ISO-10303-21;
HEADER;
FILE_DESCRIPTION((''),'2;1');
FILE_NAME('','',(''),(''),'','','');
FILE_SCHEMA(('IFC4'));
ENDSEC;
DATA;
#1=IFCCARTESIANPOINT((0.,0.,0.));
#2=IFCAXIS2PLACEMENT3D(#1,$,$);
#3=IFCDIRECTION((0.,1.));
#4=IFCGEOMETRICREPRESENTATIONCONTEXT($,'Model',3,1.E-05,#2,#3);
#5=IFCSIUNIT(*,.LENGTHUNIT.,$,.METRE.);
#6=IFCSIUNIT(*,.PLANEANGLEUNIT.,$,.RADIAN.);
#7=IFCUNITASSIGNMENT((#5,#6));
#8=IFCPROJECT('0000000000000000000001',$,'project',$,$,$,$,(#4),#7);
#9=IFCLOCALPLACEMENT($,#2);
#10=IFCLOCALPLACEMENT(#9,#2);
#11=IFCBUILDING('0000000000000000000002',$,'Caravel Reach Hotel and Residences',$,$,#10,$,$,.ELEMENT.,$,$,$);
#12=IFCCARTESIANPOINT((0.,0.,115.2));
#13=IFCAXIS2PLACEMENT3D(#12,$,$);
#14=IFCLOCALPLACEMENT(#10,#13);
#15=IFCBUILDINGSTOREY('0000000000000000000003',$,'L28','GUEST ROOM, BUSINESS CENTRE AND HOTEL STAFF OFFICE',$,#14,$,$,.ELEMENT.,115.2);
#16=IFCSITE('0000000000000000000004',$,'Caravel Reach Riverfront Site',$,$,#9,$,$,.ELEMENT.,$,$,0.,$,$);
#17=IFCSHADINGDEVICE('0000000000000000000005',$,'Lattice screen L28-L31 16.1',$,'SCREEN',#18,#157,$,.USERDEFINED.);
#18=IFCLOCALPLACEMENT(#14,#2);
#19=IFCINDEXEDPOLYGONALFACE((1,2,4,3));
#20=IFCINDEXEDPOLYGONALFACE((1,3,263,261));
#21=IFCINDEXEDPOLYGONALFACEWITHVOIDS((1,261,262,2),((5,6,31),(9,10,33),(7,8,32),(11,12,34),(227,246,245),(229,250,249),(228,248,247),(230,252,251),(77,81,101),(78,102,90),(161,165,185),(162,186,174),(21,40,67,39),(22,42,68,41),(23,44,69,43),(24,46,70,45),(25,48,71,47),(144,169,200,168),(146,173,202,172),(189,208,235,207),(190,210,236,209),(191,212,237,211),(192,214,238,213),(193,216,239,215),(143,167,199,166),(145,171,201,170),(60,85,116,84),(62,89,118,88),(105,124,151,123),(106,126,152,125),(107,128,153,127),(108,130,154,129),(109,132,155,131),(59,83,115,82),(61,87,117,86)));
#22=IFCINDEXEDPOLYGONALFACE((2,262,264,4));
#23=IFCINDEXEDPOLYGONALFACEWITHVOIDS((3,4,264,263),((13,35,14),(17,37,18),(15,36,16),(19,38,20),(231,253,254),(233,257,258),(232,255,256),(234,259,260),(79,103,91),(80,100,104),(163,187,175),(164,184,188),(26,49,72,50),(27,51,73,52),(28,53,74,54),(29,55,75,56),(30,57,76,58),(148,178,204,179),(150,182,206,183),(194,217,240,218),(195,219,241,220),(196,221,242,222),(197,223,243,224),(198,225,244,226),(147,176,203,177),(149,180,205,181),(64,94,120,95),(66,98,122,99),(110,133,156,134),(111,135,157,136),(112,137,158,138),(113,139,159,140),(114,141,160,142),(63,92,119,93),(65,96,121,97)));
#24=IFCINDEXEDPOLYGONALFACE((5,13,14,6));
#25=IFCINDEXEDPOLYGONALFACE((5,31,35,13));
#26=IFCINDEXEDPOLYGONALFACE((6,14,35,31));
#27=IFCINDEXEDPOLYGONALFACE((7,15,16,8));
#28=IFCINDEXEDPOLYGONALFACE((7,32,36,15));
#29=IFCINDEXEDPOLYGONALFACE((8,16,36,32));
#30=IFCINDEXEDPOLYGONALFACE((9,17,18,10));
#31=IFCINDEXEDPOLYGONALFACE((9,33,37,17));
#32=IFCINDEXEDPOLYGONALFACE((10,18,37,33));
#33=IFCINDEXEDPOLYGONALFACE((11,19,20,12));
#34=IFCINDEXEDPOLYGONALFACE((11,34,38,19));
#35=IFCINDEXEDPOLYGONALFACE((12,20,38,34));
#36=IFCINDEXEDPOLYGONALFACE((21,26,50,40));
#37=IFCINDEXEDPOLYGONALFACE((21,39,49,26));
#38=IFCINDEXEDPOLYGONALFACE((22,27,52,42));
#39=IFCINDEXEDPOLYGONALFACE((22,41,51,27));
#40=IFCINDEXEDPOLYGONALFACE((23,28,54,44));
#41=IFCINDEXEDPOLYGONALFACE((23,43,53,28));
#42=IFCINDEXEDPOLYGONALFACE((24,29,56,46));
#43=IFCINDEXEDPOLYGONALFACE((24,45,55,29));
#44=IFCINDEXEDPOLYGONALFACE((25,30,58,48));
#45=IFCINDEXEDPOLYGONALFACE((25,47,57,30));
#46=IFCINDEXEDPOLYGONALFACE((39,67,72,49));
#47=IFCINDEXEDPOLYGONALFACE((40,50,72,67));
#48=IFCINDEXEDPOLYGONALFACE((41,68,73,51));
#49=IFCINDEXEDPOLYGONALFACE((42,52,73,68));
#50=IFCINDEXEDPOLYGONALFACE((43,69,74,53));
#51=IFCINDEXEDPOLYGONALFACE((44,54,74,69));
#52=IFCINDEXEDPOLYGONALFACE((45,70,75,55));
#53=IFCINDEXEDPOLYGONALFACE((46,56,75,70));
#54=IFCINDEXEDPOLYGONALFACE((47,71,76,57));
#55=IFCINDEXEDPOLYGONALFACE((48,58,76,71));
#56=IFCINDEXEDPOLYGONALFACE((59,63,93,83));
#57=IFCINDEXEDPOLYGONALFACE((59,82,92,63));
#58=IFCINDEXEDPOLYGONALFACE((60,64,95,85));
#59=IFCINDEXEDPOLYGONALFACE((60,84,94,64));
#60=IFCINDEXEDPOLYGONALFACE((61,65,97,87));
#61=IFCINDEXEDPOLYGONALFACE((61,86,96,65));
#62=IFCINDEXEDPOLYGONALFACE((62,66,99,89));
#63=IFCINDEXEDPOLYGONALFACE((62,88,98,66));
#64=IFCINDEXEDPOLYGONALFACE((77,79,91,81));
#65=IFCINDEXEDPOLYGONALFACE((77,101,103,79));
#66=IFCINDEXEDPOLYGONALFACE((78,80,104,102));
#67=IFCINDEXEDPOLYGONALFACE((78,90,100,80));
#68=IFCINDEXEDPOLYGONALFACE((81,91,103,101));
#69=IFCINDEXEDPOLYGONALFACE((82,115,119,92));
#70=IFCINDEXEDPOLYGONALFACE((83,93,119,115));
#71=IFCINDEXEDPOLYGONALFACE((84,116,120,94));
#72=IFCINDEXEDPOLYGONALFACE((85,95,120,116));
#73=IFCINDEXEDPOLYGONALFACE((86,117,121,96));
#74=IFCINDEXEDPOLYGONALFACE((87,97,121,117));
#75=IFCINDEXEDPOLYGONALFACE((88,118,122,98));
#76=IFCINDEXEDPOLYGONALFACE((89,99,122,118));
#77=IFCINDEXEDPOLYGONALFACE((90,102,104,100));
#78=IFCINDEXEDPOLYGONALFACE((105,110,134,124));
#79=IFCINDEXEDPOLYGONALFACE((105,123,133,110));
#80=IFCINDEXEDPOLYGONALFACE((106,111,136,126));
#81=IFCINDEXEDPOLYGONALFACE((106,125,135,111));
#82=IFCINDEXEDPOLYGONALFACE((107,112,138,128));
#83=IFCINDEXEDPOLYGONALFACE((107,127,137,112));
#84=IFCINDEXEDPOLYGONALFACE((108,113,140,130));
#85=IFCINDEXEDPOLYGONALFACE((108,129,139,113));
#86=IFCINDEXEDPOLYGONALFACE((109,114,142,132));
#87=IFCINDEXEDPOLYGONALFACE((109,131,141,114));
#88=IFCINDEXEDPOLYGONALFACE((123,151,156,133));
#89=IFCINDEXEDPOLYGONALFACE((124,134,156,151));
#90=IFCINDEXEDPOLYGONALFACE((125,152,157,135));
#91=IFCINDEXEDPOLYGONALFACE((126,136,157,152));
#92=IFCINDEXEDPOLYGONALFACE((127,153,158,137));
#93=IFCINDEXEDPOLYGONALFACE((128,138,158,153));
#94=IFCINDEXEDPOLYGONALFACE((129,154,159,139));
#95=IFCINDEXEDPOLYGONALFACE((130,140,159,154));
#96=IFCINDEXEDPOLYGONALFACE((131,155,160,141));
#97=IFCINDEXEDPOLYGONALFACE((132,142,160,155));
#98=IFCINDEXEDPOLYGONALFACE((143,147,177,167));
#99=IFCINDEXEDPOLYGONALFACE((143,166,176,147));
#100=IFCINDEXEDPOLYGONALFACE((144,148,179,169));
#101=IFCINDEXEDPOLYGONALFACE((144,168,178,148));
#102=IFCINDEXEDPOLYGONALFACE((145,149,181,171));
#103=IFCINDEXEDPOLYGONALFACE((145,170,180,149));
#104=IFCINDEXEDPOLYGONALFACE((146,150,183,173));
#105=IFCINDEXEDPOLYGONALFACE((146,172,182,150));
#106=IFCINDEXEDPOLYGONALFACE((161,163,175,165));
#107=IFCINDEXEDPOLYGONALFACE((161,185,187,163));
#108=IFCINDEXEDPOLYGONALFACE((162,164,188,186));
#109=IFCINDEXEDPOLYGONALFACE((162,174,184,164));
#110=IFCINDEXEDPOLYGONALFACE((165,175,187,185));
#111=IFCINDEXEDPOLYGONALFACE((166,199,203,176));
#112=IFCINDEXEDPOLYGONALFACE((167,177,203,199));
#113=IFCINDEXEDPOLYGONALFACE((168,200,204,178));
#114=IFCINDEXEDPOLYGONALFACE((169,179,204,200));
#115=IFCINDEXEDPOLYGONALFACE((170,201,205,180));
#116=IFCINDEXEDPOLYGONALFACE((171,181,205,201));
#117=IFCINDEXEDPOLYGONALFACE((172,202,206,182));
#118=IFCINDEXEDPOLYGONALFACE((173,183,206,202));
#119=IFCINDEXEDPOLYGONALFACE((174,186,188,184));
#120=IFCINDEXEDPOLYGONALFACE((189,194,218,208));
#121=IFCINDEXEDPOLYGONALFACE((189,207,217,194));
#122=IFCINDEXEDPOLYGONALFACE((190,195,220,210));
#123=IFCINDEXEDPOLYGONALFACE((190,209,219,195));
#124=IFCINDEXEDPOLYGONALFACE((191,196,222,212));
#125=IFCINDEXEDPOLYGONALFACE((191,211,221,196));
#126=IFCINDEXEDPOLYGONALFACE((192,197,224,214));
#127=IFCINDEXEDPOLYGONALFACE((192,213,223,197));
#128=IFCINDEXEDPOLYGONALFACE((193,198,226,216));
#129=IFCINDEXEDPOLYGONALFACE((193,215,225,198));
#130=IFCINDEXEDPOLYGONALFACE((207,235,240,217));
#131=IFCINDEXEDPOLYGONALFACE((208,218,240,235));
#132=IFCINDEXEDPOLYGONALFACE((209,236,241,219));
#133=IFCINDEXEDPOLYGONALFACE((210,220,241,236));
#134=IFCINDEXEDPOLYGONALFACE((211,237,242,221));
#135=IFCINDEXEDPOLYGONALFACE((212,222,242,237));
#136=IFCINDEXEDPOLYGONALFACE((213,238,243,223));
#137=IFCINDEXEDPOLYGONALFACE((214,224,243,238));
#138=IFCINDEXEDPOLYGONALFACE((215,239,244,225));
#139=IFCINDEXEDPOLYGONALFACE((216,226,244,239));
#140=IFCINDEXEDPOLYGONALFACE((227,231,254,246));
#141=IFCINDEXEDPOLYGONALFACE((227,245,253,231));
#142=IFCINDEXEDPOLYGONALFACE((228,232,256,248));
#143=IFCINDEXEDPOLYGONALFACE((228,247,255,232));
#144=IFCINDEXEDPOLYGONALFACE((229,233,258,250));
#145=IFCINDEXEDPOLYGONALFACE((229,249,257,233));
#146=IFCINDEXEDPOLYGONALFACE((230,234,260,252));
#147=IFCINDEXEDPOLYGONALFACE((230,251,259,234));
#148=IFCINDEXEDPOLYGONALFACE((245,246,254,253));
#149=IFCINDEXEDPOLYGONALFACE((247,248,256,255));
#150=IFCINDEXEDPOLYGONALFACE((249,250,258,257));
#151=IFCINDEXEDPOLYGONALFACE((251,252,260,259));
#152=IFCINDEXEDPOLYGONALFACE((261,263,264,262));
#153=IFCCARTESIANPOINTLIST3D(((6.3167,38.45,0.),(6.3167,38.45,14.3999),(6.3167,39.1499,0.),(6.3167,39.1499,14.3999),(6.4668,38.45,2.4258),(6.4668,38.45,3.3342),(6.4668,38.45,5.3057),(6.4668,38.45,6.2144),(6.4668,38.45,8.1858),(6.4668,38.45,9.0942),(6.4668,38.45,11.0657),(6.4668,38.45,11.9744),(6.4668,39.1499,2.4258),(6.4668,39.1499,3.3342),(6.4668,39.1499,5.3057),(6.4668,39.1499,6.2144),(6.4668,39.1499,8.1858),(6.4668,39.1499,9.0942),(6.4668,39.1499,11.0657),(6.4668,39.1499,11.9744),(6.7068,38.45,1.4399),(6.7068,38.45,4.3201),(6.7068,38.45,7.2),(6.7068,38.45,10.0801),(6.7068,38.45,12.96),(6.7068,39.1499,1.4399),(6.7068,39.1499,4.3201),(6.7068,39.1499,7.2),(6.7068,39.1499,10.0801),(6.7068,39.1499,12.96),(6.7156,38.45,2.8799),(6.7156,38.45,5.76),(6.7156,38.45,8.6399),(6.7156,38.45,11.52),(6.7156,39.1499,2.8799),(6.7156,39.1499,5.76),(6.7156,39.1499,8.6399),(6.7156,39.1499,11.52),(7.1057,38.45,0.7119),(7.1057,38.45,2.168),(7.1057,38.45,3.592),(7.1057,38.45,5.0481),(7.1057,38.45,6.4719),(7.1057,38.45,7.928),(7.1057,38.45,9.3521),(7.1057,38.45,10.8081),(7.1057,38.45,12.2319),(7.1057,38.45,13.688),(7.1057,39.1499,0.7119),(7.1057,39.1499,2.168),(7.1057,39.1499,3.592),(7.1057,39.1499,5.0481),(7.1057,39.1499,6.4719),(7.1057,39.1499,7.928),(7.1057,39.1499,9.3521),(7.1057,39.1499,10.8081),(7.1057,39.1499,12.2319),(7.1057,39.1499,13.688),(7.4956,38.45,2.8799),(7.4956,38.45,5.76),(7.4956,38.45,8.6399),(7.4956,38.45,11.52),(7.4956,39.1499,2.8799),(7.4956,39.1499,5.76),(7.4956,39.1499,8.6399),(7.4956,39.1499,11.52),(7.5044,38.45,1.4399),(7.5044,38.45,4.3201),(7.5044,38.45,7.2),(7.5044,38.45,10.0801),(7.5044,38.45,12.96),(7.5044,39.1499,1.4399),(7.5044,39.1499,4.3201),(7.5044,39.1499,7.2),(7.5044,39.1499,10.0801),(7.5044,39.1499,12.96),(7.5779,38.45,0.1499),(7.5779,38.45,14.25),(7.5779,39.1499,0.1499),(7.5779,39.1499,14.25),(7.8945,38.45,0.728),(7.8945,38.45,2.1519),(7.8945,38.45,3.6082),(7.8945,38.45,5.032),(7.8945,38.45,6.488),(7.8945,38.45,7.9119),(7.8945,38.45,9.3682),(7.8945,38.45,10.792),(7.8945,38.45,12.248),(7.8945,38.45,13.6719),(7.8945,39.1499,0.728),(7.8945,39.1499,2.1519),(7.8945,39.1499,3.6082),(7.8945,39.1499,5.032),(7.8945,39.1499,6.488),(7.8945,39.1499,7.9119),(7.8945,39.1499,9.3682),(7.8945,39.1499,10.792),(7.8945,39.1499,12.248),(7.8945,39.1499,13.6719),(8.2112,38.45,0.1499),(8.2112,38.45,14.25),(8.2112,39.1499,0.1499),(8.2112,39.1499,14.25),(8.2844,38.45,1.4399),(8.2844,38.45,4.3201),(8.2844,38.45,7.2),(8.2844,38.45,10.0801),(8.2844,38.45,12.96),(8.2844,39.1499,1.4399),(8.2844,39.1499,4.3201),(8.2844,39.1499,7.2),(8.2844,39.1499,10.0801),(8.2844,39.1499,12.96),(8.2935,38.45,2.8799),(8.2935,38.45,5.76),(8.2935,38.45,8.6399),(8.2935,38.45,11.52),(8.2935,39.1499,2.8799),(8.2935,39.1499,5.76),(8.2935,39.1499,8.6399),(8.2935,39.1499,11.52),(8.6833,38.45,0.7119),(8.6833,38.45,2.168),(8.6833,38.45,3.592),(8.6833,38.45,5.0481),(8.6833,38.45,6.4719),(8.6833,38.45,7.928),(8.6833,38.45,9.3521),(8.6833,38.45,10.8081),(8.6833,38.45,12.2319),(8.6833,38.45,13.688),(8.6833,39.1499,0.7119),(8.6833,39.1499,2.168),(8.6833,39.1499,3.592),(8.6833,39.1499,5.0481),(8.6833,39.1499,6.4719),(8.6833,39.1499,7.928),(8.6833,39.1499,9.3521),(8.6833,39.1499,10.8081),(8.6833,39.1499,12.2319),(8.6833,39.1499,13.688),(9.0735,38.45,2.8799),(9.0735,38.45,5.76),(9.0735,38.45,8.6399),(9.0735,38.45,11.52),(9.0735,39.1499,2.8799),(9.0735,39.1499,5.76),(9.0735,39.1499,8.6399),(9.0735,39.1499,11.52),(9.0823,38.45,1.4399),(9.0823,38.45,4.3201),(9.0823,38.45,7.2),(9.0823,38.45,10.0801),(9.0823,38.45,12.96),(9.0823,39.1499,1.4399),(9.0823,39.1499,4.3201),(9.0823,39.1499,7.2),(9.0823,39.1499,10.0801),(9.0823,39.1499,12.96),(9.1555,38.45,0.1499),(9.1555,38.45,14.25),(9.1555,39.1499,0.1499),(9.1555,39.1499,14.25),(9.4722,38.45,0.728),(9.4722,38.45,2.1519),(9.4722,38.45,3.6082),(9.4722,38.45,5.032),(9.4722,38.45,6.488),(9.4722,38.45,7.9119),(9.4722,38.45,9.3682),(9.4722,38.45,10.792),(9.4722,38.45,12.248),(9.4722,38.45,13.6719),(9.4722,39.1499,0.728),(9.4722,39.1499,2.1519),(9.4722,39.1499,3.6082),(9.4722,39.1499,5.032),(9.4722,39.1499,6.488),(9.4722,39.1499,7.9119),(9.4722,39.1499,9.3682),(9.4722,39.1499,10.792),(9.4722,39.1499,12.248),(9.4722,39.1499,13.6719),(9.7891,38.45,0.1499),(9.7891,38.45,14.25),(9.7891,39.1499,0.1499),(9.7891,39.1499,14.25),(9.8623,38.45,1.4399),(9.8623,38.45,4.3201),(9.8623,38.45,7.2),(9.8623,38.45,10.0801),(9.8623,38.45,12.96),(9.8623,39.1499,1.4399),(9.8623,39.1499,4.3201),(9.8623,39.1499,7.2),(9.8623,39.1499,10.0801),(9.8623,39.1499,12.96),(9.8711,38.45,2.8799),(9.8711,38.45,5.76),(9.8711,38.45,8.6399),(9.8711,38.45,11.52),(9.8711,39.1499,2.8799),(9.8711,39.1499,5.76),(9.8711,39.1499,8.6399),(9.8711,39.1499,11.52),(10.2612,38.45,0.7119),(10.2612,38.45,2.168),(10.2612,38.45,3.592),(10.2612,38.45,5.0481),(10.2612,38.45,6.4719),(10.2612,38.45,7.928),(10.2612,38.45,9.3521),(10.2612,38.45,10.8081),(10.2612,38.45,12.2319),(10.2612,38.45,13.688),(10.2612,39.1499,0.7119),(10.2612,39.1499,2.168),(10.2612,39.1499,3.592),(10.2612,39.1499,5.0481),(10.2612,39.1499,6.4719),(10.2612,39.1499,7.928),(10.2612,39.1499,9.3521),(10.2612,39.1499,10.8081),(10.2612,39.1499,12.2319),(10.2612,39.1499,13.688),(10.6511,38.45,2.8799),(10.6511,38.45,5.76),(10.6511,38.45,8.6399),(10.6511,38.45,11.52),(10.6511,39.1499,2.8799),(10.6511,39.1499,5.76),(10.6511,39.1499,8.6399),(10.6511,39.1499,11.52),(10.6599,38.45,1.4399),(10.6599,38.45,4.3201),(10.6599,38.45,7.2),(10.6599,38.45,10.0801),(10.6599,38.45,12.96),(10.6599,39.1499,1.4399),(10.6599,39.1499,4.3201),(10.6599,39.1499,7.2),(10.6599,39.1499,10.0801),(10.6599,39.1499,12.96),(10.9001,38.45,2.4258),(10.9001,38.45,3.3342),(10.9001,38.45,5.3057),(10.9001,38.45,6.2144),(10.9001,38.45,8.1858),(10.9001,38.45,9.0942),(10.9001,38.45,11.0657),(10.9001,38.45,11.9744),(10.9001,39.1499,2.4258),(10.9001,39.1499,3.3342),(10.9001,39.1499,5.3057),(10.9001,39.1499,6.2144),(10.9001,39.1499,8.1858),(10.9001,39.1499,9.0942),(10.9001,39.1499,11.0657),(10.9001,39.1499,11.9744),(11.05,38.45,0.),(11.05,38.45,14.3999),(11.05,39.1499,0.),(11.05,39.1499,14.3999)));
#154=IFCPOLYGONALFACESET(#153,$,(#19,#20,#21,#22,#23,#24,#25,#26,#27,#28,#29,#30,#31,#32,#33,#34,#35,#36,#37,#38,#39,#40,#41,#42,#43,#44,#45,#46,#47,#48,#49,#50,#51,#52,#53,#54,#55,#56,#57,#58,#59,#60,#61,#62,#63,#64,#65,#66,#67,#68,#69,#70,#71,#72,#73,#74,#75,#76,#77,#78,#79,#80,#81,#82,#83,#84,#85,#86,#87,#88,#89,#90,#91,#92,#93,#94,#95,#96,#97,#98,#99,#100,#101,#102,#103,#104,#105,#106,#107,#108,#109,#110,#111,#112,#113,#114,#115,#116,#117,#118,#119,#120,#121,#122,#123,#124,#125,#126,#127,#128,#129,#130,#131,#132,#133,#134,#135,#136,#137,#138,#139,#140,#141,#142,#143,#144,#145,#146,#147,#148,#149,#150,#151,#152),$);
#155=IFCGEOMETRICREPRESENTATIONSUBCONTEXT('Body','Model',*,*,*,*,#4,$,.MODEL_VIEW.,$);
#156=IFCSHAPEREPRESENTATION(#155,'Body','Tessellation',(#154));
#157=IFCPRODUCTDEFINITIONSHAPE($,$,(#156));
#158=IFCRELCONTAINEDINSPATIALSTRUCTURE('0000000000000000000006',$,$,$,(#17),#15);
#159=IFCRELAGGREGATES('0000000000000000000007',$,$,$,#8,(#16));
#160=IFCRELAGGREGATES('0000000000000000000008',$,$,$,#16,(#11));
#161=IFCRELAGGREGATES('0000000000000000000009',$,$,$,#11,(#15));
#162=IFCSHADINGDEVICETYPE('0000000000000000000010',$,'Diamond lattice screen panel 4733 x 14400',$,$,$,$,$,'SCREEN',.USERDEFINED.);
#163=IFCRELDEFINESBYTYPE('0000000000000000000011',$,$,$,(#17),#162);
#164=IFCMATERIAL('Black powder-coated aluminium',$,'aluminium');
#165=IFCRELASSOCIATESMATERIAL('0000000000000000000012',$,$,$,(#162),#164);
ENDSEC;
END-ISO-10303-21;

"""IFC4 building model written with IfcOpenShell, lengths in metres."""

from ifc_helpers import new_model, si_unit, direction, frame, origin, place, context, subcontext, project, spatial, polyline, outline, extrude, material, type_object, element, save


model = new_model("IFC4")

# Units and contexts
model_context = context("Model", 3, precision=1e-05, world=origin(), true_north=direction((0.0, 1.0)))
body_context = subcontext(model_context, "Body", "Model", "MODEL_VIEW")
ifc_project = project(units=[si_unit("LENGTHUNIT", "METRE"), si_unit("PLANEANGLEUNIT", "RADIAN")], contexts=[model_context])

# Site, building, storey
site_placement = place(None, origin())
site = spatial("IfcSite", under=ifc_project, at=site_placement, Name="Caravel Reach Riverfront Site", CompositionType="ELEMENT", RefElevation=0.0)
building_placement = place(site_placement, origin())
building = spatial("IfcBuilding", under=site, at=building_placement, Name="Caravel Reach Hotel and Residences", CompositionType="ELEMENT")
storey_placement = place(building_placement, frame((0.0, 0.0, 115.2)))
storey = spatial("IfcBuildingStorey", under=building, at=storey_placement, Name="L28", Description="GUEST ROOM, BUSINESS CENTRE AND HOTEL STAFF OFFICE", CompositionType="ELEMENT", Elevation=115.2)

# Shading device
ifc_material_1 = material(Name="Black powder-coated aluminium", Category="aluminium")
shading_device_type_1 = type_object("IfcShadingDeviceType", Name="Diamond lattice screen panel 4733 x 14400", ElementType="SCREEN", PredefinedType="USERDEFINED", material=ifc_material_1)
shading_device_1_placement = place(storey_placement, frame((11.05, 38.45, 0.0), z_axis=(0.0, 1.0, 0.0), x_axis=(-1.0, 0.0, 0.0)))
element("IfcShadingDevice", 1, at=shading_device_1_placement, inside=storey, type_object=shading_device_type_1, Name="Lattice screen L28-L31 16.1", ObjectType="SCREEN", PredefinedType="USERDEFINED", context=body_context, shape_type="SweptSolid", body=[
    extrude(outline(polyline([(0.0, 0.0), (4.7334, 0.0), (4.7334, 14.3999), (0.0, 14.3999), (0.0, 0.0)]), holes=[polyline([(0.3989, 2.8799), (0.1499, 3.3342), (0.1499, 2.4258), (0.3989, 2.8799)]), polyline([(0.3989, 5.76), (0.1499, 6.2144), (0.1499, 5.3057), (0.3989, 5.76)]), polyline([(0.3989, 8.6399), (0.1499, 9.0942), (0.1499, 8.1858), (0.3989, 8.6399)]), polyline([(0.3989, 11.52), (0.1499, 11.9744), (0.1499, 11.0657), (0.3989, 11.52)]), polyline([(0.7888, 2.168), (0.3901, 1.4399), (0.7888, 0.7119), (1.1877, 1.4399), (0.7888, 2.168)]), polyline([(0.7888, 5.0481), (0.3901, 4.3201), (0.7888, 3.592), (1.1877, 4.3201), (0.7888, 5.0481)]), polyline([(0.7888, 7.928), (0.3901, 7.2), (0.7888, 6.4719), (1.1877, 7.2), (0.7888, 7.928)]), polyline([(0.7888, 10.8081), (0.3901, 10.0801), (0.7888, 9.3521), (1.1877, 10.0801), (0.7888, 10.8081)]), polyline([(0.7888, 13.688), (0.3901, 12.96), (0.7888, 12.2319), (1.1877, 12.96), (0.7888, 13.688)]), polyline([(1.5779, 0.728), (1.261, 0.1499), (1.8945, 0.1499), (1.5779, 0.728)]), polyline([(1.5779, 3.6082), (1.179, 2.8799), (1.5779, 2.1519), (1.9766, 2.8799), (1.5779, 3.6082)]), polyline([(1.5779, 6.488), (1.179, 5.76), (1.5779, 5.032), (1.9766, 5.76), (1.5779, 6.488)]), polyline([(1.5779, 9.3682), (1.179, 8.6399), (1.5779, 7.9119), (1.9766, 8.6399), (1.5779, 9.3682)]), polyline([(1.5779, 12.248), (1.179, 11.52), (1.5779, 10.792), (1.9766, 11.52), (1.5779, 12.248)]), polyline([(1.5779, 13.6719), (1.8945, 14.25), (1.261, 14.25), (1.5779, 13.6719)]), polyline([(2.3667, 2.168), (1.9678, 1.4399), (2.3667, 0.7119), (2.7656, 1.4399), (2.3667, 2.168)]), polyline([(2.3667, 5.0481), (1.9678, 4.3201), (2.3667, 3.592), (2.7656, 4.3201), (2.3667, 5.0481)]), polyline([(2.3667, 7.928), (1.9678, 7.2), (2.3667, 6.4719), (2.7656, 7.2), (2.3667, 7.928)]), polyline([(2.3667, 10.8081), (1.9678, 10.0801), (2.3667, 9.3521), (2.7656, 10.0801), (2.3667, 10.8081)]), polyline([(2.3667, 13.688), (1.9678, 12.96), (2.3667, 12.2319), (2.7656, 12.96), (2.3667, 13.688)]), polyline([(3.1555, 0.728), (2.8389, 0.1499), (3.4722, 0.1499), (3.1555, 0.728)]), polyline([(3.1555, 3.6082), (2.7566, 2.8799), (3.1555, 2.1519), (3.5544, 2.8799), (3.1555, 3.6082)]), polyline([(3.1555, 6.488), (2.7566, 5.76), (3.1555, 5.032), (3.5544, 5.76), (3.1555, 6.488)]), polyline([(3.1555, 9.3682), (2.7566, 8.6399), (3.1555, 7.9119), (3.5544, 8.6399), (3.1555, 9.3682)]), polyline([(3.1555, 12.248), (2.7566, 11.52), (3.1555, 10.792), (3.5544, 11.52), (3.1555, 12.248)]), polyline([(3.1555, 13.6719), (3.4722, 14.25), (2.8389, 14.25), (3.1555, 13.6719)]), polyline([(3.9443, 2.168), (3.5457, 1.4399), (3.9443, 0.7119), (4.3433, 1.4399), (3.9443, 2.168)]), polyline([(3.9443, 5.0481), (3.5457, 4.3201), (3.9443, 3.592), (4.3433, 4.3201), (3.9443, 5.0481)]), polyline([(3.9443, 7.928), (3.5457, 7.2), (3.9443, 6.4719), (4.3433, 7.2), (3.9443, 7.928)]), polyline([(3.9443, 10.8081), (3.5457, 10.0801), (3.9443, 9.3521), (4.3433, 10.0801), (3.9443, 10.8081)]), polyline([(3.9443, 13.688), (3.5457, 12.96), (3.9443, 12.2319), (4.3433, 12.96), (3.9443, 13.688)]), polyline([(4.3345, 2.8799), (4.5833, 2.4258), (4.5833, 3.3342), (4.3345, 2.8799)]), polyline([(4.3345, 5.76), (4.5833, 5.3057), (4.5833, 6.2144), (4.3345, 5.76)]), polyline([(4.3345, 8.6399), (4.5833, 8.1858), (4.5833, 9.0942), (4.3345, 8.6399)]), polyline([(4.3345, 11.52), (4.5833, 11.0657), (4.5833, 11.9744), (4.3345, 11.52)])]), origin(), (0.0, 0.0, 1.0), 0.7),
])

save(model, "model.ifc")
